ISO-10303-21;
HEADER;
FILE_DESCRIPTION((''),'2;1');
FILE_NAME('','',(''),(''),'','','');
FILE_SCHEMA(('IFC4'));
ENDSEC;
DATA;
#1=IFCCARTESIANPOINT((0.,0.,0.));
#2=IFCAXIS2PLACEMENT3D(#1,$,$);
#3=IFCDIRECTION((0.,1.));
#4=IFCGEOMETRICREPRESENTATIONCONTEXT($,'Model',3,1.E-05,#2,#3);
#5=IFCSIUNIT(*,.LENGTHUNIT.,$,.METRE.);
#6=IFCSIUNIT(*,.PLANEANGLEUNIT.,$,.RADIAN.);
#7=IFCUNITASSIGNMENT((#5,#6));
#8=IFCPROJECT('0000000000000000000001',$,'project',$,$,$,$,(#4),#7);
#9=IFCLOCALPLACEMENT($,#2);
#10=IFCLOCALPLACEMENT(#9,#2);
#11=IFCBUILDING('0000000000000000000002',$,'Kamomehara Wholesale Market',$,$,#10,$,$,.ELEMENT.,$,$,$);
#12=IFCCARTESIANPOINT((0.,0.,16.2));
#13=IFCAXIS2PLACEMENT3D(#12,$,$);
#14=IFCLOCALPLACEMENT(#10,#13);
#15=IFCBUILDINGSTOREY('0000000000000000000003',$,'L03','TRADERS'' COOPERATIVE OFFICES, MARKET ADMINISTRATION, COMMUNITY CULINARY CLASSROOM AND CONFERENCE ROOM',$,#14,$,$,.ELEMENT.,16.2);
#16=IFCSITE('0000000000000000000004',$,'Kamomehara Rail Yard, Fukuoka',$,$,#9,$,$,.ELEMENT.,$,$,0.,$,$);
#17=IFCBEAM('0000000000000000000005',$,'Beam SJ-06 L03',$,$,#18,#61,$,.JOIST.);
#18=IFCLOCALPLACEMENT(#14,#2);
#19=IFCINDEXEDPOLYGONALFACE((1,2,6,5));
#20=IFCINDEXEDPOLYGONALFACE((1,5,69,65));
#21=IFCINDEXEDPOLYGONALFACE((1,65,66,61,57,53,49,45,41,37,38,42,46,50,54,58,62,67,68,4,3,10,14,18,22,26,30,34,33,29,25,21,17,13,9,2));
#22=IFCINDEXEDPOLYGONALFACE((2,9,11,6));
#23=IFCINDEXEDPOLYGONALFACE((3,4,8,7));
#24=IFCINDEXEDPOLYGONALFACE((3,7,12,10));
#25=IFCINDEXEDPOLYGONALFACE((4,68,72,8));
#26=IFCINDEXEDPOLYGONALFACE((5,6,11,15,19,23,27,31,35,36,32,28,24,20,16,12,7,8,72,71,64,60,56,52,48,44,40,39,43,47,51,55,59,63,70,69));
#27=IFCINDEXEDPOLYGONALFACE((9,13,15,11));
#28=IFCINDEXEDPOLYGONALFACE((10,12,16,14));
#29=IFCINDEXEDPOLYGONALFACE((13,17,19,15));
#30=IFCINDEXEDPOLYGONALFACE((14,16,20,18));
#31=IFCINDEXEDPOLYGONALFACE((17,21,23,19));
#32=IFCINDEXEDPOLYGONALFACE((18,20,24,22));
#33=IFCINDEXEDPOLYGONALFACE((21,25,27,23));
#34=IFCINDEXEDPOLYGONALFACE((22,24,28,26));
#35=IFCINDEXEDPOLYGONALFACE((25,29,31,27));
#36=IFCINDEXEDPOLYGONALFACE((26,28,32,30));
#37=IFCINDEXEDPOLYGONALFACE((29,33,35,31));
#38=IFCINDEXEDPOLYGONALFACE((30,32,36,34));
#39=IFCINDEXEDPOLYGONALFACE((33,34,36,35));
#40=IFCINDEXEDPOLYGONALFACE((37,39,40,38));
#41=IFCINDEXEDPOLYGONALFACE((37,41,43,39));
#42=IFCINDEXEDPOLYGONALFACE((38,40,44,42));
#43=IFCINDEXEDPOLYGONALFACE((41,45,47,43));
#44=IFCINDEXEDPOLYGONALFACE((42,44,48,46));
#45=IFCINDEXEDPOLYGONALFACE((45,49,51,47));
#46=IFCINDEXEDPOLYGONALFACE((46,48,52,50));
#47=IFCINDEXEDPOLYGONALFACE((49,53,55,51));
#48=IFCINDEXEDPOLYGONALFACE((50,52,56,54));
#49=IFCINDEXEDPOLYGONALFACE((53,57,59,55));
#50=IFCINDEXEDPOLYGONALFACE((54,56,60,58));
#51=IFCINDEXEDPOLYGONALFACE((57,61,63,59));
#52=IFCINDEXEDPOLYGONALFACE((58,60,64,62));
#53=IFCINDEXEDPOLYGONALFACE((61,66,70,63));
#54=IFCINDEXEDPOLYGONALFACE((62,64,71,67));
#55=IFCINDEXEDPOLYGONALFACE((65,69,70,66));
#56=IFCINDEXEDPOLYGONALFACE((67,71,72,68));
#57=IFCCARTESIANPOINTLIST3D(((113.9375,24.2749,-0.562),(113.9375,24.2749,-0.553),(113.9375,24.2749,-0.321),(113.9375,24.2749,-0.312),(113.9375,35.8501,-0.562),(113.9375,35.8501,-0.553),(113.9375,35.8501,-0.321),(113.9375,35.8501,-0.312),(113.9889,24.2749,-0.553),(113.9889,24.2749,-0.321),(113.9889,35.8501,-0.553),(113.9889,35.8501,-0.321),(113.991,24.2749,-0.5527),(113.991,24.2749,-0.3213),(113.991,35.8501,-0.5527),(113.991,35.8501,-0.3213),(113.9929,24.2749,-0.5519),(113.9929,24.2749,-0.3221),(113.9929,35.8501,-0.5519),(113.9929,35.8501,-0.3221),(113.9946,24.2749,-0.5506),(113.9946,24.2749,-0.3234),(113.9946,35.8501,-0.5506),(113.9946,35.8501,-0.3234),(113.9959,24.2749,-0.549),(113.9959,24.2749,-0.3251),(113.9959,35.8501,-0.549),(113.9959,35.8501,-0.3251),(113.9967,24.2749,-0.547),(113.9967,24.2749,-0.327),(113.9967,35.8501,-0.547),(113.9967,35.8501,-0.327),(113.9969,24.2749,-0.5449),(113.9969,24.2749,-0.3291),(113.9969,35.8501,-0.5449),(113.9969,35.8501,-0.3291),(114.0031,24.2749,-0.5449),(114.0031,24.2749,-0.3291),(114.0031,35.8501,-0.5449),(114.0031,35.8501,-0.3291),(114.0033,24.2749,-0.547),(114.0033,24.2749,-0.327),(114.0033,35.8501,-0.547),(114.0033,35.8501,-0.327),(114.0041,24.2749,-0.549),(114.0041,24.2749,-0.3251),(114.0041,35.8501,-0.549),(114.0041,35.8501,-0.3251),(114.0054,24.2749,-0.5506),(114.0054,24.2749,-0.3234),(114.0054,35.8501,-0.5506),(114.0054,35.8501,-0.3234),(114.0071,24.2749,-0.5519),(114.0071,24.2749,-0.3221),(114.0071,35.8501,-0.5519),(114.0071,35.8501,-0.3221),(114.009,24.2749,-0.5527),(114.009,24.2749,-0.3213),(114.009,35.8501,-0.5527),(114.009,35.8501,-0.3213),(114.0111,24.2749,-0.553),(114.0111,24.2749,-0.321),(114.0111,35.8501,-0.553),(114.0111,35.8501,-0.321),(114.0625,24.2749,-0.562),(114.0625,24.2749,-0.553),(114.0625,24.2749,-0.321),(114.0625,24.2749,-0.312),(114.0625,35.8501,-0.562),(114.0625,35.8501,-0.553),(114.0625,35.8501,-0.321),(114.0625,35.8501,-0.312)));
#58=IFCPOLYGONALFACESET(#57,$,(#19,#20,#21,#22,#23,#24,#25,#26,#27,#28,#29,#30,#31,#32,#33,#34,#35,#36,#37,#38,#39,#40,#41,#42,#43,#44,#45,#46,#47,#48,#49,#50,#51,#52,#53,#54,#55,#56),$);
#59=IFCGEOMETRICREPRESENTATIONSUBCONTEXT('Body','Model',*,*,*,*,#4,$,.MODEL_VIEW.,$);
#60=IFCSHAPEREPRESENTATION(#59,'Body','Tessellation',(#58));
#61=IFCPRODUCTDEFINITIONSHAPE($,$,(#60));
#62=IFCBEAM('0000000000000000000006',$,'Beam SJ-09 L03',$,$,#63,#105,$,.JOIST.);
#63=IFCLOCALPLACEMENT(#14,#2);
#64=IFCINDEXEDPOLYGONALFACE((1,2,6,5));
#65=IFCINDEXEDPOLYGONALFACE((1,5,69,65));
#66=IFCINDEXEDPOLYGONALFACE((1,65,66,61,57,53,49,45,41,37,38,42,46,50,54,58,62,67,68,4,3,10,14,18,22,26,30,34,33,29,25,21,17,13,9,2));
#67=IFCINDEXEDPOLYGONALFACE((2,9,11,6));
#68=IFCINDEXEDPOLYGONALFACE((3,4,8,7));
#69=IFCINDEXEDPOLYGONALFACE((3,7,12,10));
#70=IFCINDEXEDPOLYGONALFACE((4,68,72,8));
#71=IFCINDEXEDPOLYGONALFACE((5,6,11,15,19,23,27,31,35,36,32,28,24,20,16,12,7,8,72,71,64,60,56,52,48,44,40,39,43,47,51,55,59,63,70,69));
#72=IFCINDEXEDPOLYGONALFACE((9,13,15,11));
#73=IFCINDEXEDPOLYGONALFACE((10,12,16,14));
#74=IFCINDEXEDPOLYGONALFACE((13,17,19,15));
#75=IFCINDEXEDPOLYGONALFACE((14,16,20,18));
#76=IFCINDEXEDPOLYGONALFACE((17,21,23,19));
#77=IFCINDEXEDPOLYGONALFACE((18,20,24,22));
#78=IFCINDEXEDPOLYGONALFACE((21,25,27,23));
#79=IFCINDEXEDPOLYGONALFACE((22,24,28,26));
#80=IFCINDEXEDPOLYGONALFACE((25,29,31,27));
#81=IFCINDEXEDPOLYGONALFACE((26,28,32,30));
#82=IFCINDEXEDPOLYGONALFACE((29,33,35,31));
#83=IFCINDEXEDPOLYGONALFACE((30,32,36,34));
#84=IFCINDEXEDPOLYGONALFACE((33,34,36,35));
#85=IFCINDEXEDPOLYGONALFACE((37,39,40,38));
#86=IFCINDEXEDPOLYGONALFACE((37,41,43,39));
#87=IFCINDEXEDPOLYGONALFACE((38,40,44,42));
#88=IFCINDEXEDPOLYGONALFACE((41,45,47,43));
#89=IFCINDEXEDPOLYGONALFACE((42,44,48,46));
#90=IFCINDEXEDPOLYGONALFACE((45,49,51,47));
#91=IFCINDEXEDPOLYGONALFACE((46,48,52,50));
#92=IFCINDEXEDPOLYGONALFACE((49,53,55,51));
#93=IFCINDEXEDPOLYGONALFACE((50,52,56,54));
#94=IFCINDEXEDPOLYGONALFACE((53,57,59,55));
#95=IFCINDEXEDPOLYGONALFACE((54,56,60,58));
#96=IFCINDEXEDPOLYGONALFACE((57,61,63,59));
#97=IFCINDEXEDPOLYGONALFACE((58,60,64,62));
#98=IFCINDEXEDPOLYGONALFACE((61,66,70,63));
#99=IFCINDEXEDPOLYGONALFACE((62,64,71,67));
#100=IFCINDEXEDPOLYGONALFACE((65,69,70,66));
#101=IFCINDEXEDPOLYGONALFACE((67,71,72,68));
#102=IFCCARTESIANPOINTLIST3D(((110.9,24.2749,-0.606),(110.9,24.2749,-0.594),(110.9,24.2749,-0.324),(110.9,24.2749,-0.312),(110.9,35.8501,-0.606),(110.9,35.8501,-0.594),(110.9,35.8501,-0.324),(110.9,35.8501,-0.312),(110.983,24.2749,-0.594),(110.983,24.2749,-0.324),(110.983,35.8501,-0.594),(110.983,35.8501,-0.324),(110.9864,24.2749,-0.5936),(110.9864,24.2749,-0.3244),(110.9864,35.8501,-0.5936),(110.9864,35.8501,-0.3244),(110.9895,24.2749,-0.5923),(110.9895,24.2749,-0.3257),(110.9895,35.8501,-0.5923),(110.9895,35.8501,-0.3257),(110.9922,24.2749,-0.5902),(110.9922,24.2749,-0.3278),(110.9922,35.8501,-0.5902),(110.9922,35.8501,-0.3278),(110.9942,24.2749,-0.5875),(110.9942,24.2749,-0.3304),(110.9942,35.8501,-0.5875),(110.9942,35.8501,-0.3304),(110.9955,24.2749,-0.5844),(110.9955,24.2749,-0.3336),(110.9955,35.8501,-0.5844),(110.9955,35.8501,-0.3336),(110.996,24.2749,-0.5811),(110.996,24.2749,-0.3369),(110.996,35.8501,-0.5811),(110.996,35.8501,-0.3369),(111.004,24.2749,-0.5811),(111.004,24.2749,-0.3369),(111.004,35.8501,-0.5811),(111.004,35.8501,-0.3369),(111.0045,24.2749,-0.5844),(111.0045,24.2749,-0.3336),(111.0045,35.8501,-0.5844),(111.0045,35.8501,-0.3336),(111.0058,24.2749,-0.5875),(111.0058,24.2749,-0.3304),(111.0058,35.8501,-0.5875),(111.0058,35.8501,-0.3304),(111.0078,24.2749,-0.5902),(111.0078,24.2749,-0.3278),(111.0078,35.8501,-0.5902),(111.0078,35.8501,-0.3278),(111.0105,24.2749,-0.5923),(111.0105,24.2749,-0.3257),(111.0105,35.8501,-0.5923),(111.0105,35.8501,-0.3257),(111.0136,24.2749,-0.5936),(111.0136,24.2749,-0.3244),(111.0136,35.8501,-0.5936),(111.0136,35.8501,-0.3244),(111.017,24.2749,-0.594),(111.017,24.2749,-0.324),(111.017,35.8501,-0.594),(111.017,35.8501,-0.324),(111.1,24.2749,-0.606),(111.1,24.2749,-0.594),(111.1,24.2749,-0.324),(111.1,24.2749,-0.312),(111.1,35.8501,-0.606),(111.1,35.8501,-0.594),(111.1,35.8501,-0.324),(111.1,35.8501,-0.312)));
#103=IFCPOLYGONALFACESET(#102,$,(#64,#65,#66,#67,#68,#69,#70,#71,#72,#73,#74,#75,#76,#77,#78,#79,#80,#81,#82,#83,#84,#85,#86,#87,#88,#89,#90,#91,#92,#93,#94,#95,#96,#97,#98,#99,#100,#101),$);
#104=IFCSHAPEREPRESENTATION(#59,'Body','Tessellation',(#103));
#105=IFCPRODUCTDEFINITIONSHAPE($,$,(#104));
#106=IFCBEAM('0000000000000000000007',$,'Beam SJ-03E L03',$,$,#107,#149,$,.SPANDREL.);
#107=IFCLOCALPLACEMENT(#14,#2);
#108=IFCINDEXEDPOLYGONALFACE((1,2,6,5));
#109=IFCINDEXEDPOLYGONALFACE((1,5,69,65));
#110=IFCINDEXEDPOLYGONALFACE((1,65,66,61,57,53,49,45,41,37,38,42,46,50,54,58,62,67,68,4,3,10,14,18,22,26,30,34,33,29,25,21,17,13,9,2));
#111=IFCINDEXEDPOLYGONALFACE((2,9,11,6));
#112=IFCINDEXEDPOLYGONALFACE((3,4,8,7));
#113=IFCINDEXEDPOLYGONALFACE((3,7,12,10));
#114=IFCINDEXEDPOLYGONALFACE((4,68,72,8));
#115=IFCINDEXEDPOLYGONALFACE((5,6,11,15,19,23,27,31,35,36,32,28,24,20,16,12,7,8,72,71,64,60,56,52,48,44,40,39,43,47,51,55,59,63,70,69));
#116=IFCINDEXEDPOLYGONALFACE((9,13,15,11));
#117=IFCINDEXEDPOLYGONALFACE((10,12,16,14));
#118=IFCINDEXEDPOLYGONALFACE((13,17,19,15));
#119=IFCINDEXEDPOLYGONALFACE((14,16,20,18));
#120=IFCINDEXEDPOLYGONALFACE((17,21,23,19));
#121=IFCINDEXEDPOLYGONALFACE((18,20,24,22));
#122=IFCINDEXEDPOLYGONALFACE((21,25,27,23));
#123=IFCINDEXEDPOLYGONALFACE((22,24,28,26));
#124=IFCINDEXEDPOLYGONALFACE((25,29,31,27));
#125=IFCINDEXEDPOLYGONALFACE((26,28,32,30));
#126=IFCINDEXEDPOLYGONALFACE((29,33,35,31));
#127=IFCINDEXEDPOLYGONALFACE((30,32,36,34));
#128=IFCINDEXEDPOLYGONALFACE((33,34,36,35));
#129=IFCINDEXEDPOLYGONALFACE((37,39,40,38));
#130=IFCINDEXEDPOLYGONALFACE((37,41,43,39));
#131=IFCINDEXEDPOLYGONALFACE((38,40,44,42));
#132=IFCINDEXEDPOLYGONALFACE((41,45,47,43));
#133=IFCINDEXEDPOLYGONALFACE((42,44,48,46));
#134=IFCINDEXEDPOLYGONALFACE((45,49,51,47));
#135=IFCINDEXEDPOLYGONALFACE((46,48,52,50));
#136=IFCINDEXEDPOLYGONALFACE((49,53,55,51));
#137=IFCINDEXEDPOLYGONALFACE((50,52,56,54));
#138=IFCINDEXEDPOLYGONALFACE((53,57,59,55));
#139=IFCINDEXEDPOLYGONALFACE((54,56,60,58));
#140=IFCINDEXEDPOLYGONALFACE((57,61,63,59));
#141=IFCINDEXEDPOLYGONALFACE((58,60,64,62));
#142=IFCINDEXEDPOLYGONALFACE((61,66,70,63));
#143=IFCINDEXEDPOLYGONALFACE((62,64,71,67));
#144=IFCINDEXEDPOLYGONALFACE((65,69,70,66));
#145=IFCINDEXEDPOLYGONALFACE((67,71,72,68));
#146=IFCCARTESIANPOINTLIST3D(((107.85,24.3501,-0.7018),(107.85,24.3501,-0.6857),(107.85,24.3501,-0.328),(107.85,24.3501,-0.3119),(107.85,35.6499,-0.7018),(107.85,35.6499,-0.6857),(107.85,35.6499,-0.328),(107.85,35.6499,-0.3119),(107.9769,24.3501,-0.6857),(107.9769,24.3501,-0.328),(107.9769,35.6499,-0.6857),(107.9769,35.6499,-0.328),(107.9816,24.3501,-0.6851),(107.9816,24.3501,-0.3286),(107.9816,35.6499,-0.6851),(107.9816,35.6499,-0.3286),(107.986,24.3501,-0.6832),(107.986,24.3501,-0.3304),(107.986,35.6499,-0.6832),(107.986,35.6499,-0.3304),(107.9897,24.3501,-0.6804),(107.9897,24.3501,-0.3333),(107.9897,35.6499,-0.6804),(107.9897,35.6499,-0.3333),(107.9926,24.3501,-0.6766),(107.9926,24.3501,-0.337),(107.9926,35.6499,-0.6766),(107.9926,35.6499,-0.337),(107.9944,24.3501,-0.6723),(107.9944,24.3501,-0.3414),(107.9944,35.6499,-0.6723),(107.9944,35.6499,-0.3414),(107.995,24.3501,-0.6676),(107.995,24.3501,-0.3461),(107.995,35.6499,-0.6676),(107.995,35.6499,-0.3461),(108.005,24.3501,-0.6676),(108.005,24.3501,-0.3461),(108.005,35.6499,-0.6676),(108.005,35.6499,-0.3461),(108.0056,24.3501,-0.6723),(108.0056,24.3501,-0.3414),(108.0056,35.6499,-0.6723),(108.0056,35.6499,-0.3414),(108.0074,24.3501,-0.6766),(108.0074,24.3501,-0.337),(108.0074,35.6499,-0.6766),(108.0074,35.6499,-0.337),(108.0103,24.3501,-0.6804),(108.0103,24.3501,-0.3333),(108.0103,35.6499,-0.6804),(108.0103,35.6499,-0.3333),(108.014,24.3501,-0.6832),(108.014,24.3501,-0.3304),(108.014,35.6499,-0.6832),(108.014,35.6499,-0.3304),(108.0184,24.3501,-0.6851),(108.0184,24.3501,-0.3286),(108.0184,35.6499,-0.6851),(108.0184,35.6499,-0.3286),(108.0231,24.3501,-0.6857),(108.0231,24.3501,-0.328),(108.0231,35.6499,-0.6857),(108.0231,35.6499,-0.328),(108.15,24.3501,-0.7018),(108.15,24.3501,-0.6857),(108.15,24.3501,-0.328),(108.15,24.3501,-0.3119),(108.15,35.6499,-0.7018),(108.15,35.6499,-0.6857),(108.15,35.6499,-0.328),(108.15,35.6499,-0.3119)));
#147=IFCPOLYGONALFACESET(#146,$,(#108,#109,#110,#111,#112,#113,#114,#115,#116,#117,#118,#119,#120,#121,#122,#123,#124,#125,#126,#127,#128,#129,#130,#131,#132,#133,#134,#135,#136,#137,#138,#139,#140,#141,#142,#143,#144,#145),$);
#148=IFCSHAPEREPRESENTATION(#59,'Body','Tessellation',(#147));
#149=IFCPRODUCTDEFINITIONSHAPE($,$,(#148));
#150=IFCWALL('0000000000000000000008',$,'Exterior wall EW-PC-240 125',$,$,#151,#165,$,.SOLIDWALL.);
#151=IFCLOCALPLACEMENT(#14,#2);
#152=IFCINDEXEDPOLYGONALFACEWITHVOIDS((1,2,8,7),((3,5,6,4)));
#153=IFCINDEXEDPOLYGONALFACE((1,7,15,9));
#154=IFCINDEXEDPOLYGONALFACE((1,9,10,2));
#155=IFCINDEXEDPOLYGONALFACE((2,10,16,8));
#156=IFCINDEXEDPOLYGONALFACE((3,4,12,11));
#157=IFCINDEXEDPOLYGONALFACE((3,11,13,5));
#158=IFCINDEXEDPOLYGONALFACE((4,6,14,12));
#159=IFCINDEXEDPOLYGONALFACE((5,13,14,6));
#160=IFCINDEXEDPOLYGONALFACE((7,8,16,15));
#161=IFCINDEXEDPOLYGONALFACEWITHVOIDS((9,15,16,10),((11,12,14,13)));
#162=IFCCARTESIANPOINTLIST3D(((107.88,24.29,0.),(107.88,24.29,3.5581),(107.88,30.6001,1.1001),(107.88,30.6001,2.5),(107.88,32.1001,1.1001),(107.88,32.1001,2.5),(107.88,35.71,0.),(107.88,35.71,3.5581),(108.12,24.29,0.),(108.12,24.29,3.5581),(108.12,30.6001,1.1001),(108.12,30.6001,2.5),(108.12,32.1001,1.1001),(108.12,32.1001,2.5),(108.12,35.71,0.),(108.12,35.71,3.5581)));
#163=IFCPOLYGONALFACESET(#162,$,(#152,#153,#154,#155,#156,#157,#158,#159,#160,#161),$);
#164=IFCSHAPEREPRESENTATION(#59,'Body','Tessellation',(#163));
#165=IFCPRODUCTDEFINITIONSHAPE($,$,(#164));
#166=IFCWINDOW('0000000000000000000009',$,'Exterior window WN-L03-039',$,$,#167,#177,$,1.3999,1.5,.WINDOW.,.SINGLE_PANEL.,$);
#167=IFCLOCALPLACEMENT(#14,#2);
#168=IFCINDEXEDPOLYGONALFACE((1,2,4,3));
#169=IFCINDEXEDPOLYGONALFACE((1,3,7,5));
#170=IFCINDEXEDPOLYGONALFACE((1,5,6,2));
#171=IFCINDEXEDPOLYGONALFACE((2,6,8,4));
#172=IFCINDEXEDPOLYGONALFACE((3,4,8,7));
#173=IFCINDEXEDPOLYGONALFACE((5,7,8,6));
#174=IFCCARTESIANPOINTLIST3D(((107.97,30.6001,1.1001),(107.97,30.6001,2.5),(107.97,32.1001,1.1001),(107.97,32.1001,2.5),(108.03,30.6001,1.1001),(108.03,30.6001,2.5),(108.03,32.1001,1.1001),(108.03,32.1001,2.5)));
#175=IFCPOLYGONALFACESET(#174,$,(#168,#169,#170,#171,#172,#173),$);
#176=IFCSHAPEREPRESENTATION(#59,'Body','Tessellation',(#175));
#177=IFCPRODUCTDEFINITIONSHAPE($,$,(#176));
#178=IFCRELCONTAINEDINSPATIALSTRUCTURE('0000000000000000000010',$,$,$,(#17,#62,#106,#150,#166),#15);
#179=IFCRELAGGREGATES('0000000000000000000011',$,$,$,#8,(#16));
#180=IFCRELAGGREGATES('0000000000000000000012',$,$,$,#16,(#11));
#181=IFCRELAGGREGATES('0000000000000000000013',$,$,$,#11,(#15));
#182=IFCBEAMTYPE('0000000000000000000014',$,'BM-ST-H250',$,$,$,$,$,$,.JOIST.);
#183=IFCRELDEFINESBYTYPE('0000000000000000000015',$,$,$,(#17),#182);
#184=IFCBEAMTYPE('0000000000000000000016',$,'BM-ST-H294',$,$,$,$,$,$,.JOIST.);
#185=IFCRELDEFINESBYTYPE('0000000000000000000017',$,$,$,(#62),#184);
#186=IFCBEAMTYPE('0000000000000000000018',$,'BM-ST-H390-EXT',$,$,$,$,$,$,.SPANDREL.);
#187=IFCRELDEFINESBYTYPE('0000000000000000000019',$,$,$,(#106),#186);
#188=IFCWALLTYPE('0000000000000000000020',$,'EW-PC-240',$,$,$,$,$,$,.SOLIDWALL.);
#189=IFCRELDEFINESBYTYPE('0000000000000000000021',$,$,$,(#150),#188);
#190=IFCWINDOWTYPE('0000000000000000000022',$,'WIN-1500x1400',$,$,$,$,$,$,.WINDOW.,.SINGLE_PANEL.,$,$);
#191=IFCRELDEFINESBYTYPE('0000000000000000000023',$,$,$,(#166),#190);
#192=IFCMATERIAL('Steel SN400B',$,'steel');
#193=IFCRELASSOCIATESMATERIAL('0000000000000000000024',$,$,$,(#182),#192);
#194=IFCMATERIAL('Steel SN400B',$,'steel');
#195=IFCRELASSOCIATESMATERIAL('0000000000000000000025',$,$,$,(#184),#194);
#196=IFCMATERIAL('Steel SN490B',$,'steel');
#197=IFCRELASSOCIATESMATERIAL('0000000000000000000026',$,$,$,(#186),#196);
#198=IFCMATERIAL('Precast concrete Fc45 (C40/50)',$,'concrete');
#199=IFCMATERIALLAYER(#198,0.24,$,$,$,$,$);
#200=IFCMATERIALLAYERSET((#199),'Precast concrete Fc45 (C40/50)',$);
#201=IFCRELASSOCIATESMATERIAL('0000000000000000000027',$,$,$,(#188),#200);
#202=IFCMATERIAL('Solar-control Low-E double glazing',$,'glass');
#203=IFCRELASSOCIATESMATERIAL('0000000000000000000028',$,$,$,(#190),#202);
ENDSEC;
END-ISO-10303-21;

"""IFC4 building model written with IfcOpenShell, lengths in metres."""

from ifc_helpers import new_model, si_unit, direction, frame, frame_2d, origin, origin_2d, place, context, subcontext, project, spatial, rectangle, i_section, extrude, material, layer, layer_set, material_profile, profile_set, type_object, element, fill, save


model = new_model("IFC4")

# Units and contexts
model_context = context("Model", 3, precision=1e-05, world=origin(), true_north=direction((0.0, 1.0)))
body_context = subcontext(model_context, "Body", "Model", "MODEL_VIEW")
ifc_project = project(units=[si_unit("LENGTHUNIT", "METRE"), si_unit("PLANEANGLEUNIT", "RADIAN")], contexts=[model_context])

# Site, building, storey
site_placement = place(None, origin())
site = spatial("IfcSite", under=ifc_project, at=site_placement, Name="Kamomehara Rail Yard, Fukuoka", CompositionType="ELEMENT", RefElevation=0.0)
building_placement = place(site_placement, origin())
building = spatial("IfcBuilding", under=site, at=building_placement, Name="Kamomehara Wholesale Market", CompositionType="ELEMENT")
storey_placement = place(building_placement, frame((0.0, 0.0, 16.2)))
storey = spatial("IfcBuildingStorey", under=building, at=storey_placement, Name="L03", Description="TRADERS' COOPERATIVE OFFICES, MARKET ADMINISTRATION, COMMUNITY CULINARY CLASSROOM AND CONFERENCE ROOM", CompositionType="ELEMENT", Elevation=16.2)

# Beams
ifc_material_1 = material(Name="Steel SN400B", Category="steel")
ifc_material_profile_1 = material_profile(ifc_material_1, i_section(OverallWidth=0.125, OverallDepth=0.25, WebThickness=0.0061, FlangeThickness=0.009, FilletRadius=0.0081, at=origin_2d()), Name="H-250x125x6x9")
ifc_profile_set_1 = profile_set([ifc_material_profile_1], Name="Steel SN400B")
beam_type_1 = type_object("IfcBeamType", Name="BM-ST-H250", PredefinedType="JOIST", material=ifc_profile_set_1)
beam_1_placement = place(storey_placement, frame((114.0, 24.2749, -0.437), z_axis=(0.0, 1.0, 0.0), x_axis=(-1.0, 0.0, 0.0)))
element("IfcBeam", 1, at=beam_1_placement, inside=storey, type_object=beam_type_1, Name="Beam SJ-06 L03", PredefinedType="JOIST", context=body_context, shape_type="SweptSolid", body=[
    extrude(i_section(OverallWidth=0.125, OverallDepth=0.25, WebThickness=0.0061, FlangeThickness=0.009, FilletRadius=0.0081, at=origin_2d()), origin(), (0.0, 0.0, 1.0), 11.5752),
])
ifc_material_2 = material(Name="Steel SN400B", Category="steel")
ifc_material_profile_2 = material_profile(ifc_material_2, i_section(OverallWidth=0.2, OverallDepth=0.2939, WebThickness=0.0081, FlangeThickness=0.012, FilletRadius=0.0129, at=origin_2d()), Name="H-294x200x8x12")
ifc_profile_set_2 = profile_set([ifc_material_profile_2], Name="Steel SN400B")
beam_type_2 = type_object("IfcBeamType", Name="BM-ST-H294", PredefinedType="JOIST", material=ifc_profile_set_2)
beam_2_placement = place(storey_placement, frame((111.0, 24.2749, -0.459), z_axis=(0.0, 1.0, 0.0), x_axis=(-1.0, 0.0, 0.0)))
element("IfcBeam", 2, at=beam_2_placement, inside=storey, type_object=beam_type_2, Name="Beam SJ-09 L03", PredefinedType="JOIST", context=body_context, shape_type="SweptSolid", body=[
    extrude(i_section(OverallWidth=0.2, OverallDepth=0.2939, WebThickness=0.0081, FlangeThickness=0.012, FilletRadius=0.0129, at=origin_2d()), origin(), (0.0, 0.0, 1.0), 11.5752),
])
ifc_material_3 = material(Name="Steel SN490B", Category="steel")
ifc_material_profile_3 = material_profile(ifc_material_3, i_section(OverallWidth=0.3, OverallDepth=0.3899, WebThickness=0.01, FlangeThickness=0.0161, FilletRadius=0.0181, at=origin_2d()), Name="H-390x300x10x16")
ifc_profile_set_3 = profile_set([ifc_material_profile_3], Name="Steel SN490B")
beam_type_3 = type_object("IfcBeamType", Name="BM-ST-H390-EXT", PredefinedType="SPANDREL", material=ifc_profile_set_3)
beam_3_placement = place(storey_placement, frame((108.0, 24.3501, -0.5068), z_axis=(0.0, 1.0, 0.0), x_axis=(-1.0, 0.0, 0.0)))
element("IfcBeam", 3, at=beam_3_placement, inside=storey, type_object=beam_type_3, Name="Beam SJ-03E L03", PredefinedType="SPANDREL", context=body_context, shape_type="SweptSolid", body=[
    extrude(i_section(OverallWidth=0.3, OverallDepth=0.3899, WebThickness=0.01, FlangeThickness=0.0161, FilletRadius=0.0181, at=origin_2d()), origin(), (0.0, 0.0, 1.0), 11.2998),
])

# Wall, opening, window
ifc_material_4 = material(Name="Precast concrete Fc45 (C40/50)", Category="concrete")
ifc_layer_1 = layer(ifc_material_4, 0.24)
ifc_layer_set_1 = layer_set([ifc_layer_1], Name="Precast concrete Fc45 (C40/50)")
wall_type_1 = type_object("IfcWallType", Name="EW-PC-240", PredefinedType="SOLIDWALL", material=ifc_layer_set_1)
wall_1_placement = place(storey_placement, frame((108.0, 24.29, 0.0), z_axis=(0.0, 0.0, 1.0), x_axis=(0.0, 1.0, 0.0)))
wall_1 = element("IfcWall", 4, at=wall_1_placement, inside=storey, type_object=wall_type_1, Name="Exterior wall EW-PC-240 125", PredefinedType="SOLIDWALL", context=body_context, shape_type="SweptSolid", body=[
    extrude(rectangle(XDim=11.4199, YDim=0.24, at=frame_2d((5.71, 0.0))), origin(), (0.0, 0.0, 1.0), 3.5581),
])
opening_placement = place(wall_1_placement, frame((6.3101, 0.0, 1.1001)))
opening = element("IfcOpeningElement", 5, at=opening_placement, cuts=wall_1, PredefinedType="OPENING", context=body_context, shape_type="SweptSolid", body=[
    extrude(rectangle(XDim=1.5, YDim=1.3999, at=frame_2d((0.75, 0.7))), frame((0.0, 0.1348, 0.0), z_axis=(0.0, -1.0, 0.0), x_axis=(1.0, 0.0, 0.0)), (0.0, 0.0, 1.0), 0.2698),
])
ifc_material_5 = material(Name="Solar-control Low-E double glazing", Category="glass")
window_type = type_object("IfcWindowType", Name="WIN-1500x1400", PartitioningType="SINGLE_PANEL", PredefinedType="WINDOW", material=ifc_material_5)
window_placement = place(opening_placement, origin())
window = element("IfcWindow", 6, at=window_placement, inside=storey, type_object=window_type, Name="Exterior window WN-L03-039", OverallHeight=1.3999, OverallWidth=1.5, PartitioningType="SINGLE_PANEL", PredefinedType="WINDOW", context=body_context, shape_type="SweptSolid", body=[
    extrude(rectangle(XDim=1.5, YDim=1.3999, at=frame_2d((0.75, 0.7))), frame((0.0, 0.03, 0.0), z_axis=(0.0, -1.0, 0.0), x_axis=(1.0, 0.0, 0.0)), (0.0, 0.0, 1.0), 0.0601),
])
fill(opening, window)

save(model, "model.ifc")
